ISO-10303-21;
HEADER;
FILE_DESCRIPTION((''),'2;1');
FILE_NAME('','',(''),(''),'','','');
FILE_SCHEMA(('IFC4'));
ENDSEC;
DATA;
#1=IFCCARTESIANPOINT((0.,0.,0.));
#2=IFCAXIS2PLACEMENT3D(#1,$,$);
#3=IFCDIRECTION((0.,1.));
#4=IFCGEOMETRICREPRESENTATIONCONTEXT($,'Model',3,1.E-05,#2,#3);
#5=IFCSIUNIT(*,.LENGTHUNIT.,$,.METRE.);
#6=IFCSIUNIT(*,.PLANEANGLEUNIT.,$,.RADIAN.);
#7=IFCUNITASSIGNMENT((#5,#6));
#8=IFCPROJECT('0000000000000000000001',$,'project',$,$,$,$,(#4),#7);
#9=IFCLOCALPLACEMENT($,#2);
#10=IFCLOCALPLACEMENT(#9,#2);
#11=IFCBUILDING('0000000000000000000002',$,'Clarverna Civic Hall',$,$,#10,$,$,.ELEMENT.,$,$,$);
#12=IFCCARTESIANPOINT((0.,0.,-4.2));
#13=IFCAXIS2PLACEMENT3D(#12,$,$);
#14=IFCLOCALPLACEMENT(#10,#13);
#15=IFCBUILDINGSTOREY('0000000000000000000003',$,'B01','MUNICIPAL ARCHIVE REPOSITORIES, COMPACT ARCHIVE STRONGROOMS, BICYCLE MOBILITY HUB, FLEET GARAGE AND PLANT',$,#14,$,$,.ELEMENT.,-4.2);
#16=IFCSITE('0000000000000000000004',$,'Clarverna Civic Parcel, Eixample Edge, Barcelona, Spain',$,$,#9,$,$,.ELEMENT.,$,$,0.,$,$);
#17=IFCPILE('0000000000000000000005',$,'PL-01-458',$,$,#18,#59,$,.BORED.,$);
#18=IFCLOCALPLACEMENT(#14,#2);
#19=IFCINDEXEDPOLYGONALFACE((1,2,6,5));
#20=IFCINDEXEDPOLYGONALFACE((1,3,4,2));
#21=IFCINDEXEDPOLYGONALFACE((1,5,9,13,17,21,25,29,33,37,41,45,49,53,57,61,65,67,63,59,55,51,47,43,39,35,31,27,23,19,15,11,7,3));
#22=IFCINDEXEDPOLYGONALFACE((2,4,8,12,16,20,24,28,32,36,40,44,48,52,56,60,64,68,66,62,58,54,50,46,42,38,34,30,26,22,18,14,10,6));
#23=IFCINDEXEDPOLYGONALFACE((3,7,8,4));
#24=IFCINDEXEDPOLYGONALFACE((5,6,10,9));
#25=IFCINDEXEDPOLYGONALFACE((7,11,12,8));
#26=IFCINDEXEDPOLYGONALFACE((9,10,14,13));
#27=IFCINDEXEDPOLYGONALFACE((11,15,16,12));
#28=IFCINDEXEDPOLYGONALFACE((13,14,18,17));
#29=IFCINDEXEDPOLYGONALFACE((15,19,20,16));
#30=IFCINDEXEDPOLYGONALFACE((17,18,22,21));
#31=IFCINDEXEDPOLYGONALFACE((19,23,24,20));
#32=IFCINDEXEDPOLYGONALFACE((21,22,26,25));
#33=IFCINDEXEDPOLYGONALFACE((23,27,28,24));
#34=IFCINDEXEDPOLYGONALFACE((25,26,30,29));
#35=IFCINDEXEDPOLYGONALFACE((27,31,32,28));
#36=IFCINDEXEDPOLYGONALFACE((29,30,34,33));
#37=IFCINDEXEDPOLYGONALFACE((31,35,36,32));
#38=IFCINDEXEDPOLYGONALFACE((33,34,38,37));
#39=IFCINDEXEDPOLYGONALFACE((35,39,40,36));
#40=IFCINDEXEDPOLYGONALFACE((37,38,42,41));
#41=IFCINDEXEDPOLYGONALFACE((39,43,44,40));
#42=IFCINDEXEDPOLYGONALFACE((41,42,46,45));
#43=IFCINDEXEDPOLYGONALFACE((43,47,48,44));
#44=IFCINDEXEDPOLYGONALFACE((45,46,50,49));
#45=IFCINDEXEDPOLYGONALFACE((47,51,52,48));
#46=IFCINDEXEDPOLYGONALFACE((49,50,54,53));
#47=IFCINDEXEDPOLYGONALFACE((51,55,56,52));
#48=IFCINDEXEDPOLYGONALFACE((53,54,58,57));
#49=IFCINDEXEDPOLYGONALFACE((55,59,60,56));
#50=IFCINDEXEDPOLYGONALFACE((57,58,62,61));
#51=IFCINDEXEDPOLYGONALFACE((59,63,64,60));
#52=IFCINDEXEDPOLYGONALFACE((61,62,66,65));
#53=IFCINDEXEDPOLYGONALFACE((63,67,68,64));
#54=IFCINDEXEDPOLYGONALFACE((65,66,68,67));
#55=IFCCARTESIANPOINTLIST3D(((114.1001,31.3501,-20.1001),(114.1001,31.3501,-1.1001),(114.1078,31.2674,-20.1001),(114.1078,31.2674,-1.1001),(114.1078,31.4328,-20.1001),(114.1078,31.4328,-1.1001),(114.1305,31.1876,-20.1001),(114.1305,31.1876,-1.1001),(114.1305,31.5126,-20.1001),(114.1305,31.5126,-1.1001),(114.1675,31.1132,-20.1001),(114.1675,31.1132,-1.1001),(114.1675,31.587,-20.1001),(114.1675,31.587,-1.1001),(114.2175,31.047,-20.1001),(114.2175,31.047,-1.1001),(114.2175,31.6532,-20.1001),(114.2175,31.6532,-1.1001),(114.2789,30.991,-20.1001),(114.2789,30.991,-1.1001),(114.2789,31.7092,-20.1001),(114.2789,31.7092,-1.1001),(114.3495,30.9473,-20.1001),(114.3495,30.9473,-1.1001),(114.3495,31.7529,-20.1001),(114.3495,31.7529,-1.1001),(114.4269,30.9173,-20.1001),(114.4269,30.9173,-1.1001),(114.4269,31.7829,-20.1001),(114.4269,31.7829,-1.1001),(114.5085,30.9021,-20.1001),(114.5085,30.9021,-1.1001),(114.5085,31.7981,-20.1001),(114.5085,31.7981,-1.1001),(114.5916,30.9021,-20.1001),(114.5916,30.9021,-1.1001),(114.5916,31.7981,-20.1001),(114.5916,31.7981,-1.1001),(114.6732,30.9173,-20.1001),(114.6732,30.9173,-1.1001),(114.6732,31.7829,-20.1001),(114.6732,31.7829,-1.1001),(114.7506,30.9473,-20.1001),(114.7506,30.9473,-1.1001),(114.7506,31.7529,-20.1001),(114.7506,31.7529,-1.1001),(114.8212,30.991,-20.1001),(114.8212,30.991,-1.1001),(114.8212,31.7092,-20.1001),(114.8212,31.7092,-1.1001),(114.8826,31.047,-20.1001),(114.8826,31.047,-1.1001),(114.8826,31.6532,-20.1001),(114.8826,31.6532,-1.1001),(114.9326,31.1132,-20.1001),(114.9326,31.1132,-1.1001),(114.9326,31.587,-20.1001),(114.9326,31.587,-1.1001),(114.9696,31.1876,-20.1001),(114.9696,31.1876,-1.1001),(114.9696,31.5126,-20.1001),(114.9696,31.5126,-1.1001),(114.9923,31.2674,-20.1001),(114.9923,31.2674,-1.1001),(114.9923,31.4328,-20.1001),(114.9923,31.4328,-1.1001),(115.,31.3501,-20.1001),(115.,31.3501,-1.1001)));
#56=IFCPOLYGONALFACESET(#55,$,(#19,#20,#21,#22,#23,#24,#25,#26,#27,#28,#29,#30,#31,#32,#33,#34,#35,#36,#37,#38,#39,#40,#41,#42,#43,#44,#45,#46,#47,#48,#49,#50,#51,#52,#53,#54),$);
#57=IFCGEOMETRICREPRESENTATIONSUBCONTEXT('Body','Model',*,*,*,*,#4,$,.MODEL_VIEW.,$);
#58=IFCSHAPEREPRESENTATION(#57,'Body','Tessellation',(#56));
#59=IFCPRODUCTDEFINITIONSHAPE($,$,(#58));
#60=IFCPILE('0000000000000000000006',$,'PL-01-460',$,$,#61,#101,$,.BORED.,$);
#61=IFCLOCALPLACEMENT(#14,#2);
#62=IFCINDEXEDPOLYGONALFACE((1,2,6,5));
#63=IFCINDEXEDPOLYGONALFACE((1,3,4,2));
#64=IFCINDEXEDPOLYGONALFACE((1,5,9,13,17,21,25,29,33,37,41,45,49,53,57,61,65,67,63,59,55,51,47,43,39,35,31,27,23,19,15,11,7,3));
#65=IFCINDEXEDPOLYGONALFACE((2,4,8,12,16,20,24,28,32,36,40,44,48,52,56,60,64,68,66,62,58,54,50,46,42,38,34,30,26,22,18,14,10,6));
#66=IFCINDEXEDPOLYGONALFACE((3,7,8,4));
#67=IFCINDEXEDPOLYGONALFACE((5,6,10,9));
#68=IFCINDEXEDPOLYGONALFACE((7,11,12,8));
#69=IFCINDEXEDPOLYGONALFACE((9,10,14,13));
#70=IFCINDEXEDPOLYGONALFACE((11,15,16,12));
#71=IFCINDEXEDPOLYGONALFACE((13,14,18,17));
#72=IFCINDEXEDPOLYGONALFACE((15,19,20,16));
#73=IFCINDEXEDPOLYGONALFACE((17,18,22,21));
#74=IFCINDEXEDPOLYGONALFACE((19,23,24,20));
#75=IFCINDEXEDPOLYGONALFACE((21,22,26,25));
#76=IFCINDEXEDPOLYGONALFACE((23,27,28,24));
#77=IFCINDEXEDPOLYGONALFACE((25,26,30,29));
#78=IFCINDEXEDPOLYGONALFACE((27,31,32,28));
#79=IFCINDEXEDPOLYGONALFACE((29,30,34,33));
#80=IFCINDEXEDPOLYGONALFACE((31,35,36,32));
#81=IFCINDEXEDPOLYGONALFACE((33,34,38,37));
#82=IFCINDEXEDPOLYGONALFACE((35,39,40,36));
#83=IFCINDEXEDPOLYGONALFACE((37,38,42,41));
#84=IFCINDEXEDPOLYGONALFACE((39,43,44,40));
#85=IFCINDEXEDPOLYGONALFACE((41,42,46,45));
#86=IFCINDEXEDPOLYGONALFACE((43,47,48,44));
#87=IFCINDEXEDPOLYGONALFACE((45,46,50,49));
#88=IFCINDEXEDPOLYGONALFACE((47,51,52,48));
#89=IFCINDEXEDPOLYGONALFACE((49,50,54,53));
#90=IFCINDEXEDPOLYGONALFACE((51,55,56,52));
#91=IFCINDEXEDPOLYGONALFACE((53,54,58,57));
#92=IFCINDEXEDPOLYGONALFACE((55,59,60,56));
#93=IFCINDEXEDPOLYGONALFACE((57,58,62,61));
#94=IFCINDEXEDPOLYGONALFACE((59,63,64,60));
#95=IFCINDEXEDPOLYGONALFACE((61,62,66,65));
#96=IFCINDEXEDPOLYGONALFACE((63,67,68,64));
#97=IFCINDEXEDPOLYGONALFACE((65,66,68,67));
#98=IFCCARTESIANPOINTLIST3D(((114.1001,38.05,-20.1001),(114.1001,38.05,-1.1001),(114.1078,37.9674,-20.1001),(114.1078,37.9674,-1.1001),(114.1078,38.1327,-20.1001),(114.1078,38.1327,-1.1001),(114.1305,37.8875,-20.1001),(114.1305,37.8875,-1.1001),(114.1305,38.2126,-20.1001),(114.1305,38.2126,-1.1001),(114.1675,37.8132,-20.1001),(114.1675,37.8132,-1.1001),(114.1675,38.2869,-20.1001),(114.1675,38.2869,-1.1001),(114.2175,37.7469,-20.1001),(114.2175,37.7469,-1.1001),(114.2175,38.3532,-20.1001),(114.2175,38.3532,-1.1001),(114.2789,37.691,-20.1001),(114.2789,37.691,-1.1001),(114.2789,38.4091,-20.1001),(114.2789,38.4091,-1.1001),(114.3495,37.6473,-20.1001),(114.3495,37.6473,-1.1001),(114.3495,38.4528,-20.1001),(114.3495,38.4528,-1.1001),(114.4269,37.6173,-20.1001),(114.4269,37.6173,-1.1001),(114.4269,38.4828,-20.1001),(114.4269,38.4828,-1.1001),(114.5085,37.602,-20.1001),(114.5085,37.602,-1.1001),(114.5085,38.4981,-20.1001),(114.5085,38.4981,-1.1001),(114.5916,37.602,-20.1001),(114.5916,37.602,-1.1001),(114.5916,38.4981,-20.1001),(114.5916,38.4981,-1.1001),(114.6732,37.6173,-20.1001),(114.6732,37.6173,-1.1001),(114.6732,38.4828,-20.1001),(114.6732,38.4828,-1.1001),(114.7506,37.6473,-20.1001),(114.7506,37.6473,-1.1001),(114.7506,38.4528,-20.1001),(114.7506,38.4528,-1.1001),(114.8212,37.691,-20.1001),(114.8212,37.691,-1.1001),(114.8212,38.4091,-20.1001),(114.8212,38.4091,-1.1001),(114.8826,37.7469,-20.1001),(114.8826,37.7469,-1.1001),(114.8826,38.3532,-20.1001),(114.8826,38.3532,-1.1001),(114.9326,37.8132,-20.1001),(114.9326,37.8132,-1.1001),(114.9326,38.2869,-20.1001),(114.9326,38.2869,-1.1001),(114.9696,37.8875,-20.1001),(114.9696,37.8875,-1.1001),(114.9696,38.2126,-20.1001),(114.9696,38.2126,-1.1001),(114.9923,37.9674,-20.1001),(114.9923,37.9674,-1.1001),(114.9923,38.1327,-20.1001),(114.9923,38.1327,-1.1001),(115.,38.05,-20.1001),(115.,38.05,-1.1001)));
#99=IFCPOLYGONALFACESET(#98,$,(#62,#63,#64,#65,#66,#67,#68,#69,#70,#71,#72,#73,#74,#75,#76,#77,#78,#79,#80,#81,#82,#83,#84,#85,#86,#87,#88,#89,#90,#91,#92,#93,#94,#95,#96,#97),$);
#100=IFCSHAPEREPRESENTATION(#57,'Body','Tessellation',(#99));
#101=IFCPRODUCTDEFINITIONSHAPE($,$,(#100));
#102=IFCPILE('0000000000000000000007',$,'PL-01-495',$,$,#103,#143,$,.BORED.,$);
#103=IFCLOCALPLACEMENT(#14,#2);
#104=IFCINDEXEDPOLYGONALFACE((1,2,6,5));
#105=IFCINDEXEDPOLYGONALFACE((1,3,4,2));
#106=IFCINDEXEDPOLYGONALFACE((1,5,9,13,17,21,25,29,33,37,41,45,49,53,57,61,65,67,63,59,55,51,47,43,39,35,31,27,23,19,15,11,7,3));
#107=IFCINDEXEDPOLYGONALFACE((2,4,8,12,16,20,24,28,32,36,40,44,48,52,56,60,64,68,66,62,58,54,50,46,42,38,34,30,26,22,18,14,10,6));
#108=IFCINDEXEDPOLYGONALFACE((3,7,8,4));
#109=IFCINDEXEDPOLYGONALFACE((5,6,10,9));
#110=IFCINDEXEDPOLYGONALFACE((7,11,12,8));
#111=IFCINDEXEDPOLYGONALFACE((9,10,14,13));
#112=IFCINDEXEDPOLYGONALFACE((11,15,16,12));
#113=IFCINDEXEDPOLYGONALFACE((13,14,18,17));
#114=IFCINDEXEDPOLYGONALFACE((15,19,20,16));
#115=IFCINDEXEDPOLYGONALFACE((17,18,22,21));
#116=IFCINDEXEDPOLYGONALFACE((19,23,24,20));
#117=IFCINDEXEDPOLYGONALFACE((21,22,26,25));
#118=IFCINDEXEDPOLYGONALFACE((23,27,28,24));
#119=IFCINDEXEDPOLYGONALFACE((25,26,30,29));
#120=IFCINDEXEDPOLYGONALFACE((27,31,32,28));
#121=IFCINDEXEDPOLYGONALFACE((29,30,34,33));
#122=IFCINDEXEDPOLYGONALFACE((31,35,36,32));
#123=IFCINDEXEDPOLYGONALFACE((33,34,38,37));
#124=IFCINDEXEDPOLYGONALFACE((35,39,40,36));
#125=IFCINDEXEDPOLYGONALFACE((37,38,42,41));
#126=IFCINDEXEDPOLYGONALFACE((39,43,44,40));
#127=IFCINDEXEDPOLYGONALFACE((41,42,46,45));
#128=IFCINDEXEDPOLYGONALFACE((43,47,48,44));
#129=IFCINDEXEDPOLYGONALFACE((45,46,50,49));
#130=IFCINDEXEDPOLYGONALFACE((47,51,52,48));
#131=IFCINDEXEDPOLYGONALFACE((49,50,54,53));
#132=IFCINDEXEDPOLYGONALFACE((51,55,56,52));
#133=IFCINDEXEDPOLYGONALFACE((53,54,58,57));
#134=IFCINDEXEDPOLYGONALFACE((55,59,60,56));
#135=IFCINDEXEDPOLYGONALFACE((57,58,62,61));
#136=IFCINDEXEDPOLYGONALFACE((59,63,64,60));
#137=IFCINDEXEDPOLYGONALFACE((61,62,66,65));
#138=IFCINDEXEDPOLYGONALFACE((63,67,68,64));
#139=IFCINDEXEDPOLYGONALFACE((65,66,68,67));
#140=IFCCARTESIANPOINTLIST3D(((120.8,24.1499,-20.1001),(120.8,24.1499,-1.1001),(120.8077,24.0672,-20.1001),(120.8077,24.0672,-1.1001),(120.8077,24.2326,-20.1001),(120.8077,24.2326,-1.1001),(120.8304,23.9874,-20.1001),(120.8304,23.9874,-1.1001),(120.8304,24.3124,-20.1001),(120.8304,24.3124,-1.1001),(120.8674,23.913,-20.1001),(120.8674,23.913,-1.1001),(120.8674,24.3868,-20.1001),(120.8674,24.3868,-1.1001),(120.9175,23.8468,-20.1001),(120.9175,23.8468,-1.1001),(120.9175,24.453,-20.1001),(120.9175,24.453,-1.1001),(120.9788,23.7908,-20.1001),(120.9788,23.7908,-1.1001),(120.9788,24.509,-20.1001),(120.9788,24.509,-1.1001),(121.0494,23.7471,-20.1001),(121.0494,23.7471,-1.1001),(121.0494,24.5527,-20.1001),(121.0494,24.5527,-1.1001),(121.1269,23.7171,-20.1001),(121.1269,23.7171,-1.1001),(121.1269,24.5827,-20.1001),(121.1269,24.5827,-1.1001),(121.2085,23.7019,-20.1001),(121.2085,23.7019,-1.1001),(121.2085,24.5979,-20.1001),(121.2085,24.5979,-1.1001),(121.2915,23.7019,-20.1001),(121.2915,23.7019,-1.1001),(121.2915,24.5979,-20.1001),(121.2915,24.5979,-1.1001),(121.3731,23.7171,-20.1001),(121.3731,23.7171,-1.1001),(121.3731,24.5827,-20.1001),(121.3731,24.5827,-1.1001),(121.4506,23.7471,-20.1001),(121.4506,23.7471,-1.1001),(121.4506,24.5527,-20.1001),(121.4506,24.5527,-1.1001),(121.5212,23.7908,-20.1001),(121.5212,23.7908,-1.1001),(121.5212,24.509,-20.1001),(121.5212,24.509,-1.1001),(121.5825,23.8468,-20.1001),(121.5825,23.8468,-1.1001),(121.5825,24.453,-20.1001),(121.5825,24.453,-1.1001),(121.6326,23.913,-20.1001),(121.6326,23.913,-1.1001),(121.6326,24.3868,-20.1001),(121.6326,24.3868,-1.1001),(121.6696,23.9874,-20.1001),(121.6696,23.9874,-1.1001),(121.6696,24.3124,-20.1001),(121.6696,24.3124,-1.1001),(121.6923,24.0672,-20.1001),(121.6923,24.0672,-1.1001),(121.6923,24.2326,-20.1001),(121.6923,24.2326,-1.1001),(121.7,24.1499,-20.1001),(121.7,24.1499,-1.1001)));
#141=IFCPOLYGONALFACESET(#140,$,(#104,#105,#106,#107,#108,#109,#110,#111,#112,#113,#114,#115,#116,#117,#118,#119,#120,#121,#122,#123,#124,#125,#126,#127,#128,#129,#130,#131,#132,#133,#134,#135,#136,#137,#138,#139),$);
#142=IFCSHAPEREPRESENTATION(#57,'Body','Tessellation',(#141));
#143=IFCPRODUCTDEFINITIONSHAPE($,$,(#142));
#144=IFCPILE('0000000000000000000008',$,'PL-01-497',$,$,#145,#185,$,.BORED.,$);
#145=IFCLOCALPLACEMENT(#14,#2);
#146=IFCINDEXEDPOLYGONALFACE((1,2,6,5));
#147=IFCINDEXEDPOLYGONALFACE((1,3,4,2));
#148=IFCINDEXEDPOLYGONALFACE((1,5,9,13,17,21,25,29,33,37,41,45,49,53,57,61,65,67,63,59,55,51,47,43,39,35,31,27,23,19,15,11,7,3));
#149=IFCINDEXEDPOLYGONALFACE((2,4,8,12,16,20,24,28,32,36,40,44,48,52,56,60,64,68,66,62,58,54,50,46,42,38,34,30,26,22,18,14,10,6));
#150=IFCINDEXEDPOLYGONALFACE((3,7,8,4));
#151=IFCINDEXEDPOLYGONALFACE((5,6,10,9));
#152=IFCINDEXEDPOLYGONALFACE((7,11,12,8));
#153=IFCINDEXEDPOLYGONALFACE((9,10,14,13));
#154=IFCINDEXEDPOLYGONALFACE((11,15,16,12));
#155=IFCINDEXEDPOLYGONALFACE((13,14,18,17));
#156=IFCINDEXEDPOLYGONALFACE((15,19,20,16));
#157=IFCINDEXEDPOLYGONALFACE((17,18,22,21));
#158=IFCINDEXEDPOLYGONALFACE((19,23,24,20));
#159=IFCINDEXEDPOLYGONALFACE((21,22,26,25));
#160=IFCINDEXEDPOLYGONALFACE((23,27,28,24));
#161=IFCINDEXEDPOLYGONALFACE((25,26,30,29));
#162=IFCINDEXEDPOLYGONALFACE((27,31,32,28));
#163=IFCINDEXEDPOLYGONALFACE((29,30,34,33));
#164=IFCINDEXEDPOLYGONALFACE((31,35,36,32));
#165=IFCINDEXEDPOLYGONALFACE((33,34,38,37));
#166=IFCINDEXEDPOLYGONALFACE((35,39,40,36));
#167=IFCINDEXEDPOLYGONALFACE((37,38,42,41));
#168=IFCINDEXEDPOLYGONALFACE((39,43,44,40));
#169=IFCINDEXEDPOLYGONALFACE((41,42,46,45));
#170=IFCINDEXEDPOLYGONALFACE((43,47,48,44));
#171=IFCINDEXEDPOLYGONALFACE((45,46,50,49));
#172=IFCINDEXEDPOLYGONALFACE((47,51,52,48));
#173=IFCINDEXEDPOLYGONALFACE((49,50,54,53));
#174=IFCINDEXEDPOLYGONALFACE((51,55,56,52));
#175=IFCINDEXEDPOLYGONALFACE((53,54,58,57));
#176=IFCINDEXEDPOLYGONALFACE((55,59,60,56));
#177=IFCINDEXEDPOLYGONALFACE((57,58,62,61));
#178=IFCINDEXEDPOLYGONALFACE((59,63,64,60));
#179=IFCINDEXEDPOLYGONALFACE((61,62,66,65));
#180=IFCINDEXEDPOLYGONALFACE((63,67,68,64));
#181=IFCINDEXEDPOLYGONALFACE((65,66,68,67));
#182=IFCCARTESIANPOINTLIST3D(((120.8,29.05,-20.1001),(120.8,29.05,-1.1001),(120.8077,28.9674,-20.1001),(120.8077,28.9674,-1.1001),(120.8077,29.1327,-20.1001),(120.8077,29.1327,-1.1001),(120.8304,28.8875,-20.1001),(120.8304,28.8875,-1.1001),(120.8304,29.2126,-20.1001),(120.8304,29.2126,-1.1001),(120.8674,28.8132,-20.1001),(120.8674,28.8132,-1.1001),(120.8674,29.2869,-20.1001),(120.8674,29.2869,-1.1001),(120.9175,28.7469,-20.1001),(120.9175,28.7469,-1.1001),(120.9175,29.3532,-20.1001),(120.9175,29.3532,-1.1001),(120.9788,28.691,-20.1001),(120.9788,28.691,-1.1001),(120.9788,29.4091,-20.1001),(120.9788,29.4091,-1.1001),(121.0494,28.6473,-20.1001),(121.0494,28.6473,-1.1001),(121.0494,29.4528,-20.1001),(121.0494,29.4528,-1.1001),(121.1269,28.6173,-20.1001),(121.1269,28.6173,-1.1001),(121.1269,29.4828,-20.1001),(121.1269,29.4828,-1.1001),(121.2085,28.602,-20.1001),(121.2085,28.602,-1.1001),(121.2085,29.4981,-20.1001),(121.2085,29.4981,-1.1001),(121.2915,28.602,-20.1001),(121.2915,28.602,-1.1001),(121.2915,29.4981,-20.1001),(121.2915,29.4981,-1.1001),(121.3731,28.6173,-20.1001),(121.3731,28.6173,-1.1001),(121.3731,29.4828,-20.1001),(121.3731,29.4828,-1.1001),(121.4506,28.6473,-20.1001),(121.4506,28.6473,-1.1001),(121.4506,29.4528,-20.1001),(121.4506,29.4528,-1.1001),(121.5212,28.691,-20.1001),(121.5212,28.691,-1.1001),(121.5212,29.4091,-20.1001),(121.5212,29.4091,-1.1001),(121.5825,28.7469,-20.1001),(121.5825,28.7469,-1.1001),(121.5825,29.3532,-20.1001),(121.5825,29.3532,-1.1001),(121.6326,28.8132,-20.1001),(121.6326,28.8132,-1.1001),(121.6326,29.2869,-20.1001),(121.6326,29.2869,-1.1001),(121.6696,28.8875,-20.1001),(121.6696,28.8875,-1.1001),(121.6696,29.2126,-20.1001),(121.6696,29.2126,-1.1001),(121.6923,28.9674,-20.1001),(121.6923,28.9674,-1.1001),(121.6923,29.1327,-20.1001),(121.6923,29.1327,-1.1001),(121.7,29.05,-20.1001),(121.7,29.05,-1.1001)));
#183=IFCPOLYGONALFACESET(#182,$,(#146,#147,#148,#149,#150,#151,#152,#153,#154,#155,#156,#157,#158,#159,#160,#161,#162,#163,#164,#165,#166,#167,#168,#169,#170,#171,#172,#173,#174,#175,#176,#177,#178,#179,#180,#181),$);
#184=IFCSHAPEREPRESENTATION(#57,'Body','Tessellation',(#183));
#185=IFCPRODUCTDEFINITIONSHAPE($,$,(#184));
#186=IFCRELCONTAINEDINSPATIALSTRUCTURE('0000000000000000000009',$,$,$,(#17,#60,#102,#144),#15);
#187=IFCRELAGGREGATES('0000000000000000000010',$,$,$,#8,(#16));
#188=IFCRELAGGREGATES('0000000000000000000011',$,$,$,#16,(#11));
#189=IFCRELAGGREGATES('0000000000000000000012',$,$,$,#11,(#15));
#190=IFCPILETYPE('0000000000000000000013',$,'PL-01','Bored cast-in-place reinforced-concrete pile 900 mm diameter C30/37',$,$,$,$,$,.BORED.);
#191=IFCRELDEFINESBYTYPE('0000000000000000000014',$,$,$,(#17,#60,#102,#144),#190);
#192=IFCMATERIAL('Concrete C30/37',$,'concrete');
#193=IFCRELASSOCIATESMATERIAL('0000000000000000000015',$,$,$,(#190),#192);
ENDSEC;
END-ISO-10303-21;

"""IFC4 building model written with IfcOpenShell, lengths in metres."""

from ifc_helpers import new_model, si_unit, direction, frame, origin, origin_2d, place, context, subcontext, project, spatial, circle, extrude, material, material_profile, profile_set, type_object, element, save


model = new_model("IFC4")

# Units and contexts
model_context = context("Model", 3, precision=1e-05, world=origin(), true_north=direction((0.0, 1.0)))
body_context = subcontext(model_context, "Body", "Model", "MODEL_VIEW")
ifc_project = project(units=[si_unit("LENGTHUNIT", "METRE"), si_unit("PLANEANGLEUNIT", "RADIAN")], contexts=[model_context])

# Site, building, storey
site_placement = place(None, origin())
site = spatial("IfcSite", under=ifc_project, at=site_placement, Name="Clarverna Civic Parcel, Eixample Edge, Barcelona, Spain", CompositionType="ELEMENT", RefElevation=0.0)
building_placement = place(site_placement, origin())
building = spatial("IfcBuilding", under=site, at=building_placement, Name="Clarverna Civic Hall", CompositionType="ELEMENT")
storey_placement = place(building_placement, frame((0.0, 0.0, -4.2)))
storey = spatial("IfcBuildingStorey", under=building, at=storey_placement, Name="B01", Description="MUNICIPAL ARCHIVE REPOSITORIES, COMPACT ARCHIVE STRONGROOMS, BICYCLE MOBILITY HUB, FLEET GARAGE AND PLANT", CompositionType="ELEMENT", Elevation=-4.2)

# Shared definitions
ifc_material_1 = material(Name="Concrete C30/37", Category="concrete")

# Piles
ifc_material_profile_1 = material_profile(ifc_material_1, circle(Radius=0.45, at=origin_2d()), Name="BORED PILE D900")
ifc_profile_set_1 = profile_set([ifc_material_profile_1], Name="Concrete C30/37")
pile_type = type_object("IfcPileType", Name="PL-01", Description="Bored cast-in-place reinforced-concrete pile 900 mm diameter C30/37", PredefinedType="BORED", material=ifc_profile_set_1)
for number, where, z_axis, x_axis, name in (
    (1, (114.55, 31.3501, -1.1001), (0.0, 0.0, -1.0), (1.0, 0.0, 0.0), "PL-01-458"),
    (2, (114.55, 38.05, -1.1001), (0.0, 0.0, -1.0), (1.0, 0.0, 0.0), "PL-01-460"),
    (3, (121.25, 24.1499, -1.1001), (0.0, 0.0, -1.0), (1.0, 0.0, 0.0), "PL-01-495"),
    (4, (121.25, 29.05, -1.1001), (0.0, 0.0, -1.0), (1.0, 0.0, 0.0), "PL-01-497"),
):
    element("IfcPile", number, at=place(storey_placement, frame(where, z_axis=z_axis, x_axis=x_axis)), inside=storey, type_object=pile_type, Name=name, PredefinedType="BORED", context=body_context, shape_type="SweptSolid", body=[
        extrude(circle(Radius=0.45, at=origin_2d()), origin(), (0.0, 0.0, 1.0), 19.0),
    ])

save(model, "model.ifc")
